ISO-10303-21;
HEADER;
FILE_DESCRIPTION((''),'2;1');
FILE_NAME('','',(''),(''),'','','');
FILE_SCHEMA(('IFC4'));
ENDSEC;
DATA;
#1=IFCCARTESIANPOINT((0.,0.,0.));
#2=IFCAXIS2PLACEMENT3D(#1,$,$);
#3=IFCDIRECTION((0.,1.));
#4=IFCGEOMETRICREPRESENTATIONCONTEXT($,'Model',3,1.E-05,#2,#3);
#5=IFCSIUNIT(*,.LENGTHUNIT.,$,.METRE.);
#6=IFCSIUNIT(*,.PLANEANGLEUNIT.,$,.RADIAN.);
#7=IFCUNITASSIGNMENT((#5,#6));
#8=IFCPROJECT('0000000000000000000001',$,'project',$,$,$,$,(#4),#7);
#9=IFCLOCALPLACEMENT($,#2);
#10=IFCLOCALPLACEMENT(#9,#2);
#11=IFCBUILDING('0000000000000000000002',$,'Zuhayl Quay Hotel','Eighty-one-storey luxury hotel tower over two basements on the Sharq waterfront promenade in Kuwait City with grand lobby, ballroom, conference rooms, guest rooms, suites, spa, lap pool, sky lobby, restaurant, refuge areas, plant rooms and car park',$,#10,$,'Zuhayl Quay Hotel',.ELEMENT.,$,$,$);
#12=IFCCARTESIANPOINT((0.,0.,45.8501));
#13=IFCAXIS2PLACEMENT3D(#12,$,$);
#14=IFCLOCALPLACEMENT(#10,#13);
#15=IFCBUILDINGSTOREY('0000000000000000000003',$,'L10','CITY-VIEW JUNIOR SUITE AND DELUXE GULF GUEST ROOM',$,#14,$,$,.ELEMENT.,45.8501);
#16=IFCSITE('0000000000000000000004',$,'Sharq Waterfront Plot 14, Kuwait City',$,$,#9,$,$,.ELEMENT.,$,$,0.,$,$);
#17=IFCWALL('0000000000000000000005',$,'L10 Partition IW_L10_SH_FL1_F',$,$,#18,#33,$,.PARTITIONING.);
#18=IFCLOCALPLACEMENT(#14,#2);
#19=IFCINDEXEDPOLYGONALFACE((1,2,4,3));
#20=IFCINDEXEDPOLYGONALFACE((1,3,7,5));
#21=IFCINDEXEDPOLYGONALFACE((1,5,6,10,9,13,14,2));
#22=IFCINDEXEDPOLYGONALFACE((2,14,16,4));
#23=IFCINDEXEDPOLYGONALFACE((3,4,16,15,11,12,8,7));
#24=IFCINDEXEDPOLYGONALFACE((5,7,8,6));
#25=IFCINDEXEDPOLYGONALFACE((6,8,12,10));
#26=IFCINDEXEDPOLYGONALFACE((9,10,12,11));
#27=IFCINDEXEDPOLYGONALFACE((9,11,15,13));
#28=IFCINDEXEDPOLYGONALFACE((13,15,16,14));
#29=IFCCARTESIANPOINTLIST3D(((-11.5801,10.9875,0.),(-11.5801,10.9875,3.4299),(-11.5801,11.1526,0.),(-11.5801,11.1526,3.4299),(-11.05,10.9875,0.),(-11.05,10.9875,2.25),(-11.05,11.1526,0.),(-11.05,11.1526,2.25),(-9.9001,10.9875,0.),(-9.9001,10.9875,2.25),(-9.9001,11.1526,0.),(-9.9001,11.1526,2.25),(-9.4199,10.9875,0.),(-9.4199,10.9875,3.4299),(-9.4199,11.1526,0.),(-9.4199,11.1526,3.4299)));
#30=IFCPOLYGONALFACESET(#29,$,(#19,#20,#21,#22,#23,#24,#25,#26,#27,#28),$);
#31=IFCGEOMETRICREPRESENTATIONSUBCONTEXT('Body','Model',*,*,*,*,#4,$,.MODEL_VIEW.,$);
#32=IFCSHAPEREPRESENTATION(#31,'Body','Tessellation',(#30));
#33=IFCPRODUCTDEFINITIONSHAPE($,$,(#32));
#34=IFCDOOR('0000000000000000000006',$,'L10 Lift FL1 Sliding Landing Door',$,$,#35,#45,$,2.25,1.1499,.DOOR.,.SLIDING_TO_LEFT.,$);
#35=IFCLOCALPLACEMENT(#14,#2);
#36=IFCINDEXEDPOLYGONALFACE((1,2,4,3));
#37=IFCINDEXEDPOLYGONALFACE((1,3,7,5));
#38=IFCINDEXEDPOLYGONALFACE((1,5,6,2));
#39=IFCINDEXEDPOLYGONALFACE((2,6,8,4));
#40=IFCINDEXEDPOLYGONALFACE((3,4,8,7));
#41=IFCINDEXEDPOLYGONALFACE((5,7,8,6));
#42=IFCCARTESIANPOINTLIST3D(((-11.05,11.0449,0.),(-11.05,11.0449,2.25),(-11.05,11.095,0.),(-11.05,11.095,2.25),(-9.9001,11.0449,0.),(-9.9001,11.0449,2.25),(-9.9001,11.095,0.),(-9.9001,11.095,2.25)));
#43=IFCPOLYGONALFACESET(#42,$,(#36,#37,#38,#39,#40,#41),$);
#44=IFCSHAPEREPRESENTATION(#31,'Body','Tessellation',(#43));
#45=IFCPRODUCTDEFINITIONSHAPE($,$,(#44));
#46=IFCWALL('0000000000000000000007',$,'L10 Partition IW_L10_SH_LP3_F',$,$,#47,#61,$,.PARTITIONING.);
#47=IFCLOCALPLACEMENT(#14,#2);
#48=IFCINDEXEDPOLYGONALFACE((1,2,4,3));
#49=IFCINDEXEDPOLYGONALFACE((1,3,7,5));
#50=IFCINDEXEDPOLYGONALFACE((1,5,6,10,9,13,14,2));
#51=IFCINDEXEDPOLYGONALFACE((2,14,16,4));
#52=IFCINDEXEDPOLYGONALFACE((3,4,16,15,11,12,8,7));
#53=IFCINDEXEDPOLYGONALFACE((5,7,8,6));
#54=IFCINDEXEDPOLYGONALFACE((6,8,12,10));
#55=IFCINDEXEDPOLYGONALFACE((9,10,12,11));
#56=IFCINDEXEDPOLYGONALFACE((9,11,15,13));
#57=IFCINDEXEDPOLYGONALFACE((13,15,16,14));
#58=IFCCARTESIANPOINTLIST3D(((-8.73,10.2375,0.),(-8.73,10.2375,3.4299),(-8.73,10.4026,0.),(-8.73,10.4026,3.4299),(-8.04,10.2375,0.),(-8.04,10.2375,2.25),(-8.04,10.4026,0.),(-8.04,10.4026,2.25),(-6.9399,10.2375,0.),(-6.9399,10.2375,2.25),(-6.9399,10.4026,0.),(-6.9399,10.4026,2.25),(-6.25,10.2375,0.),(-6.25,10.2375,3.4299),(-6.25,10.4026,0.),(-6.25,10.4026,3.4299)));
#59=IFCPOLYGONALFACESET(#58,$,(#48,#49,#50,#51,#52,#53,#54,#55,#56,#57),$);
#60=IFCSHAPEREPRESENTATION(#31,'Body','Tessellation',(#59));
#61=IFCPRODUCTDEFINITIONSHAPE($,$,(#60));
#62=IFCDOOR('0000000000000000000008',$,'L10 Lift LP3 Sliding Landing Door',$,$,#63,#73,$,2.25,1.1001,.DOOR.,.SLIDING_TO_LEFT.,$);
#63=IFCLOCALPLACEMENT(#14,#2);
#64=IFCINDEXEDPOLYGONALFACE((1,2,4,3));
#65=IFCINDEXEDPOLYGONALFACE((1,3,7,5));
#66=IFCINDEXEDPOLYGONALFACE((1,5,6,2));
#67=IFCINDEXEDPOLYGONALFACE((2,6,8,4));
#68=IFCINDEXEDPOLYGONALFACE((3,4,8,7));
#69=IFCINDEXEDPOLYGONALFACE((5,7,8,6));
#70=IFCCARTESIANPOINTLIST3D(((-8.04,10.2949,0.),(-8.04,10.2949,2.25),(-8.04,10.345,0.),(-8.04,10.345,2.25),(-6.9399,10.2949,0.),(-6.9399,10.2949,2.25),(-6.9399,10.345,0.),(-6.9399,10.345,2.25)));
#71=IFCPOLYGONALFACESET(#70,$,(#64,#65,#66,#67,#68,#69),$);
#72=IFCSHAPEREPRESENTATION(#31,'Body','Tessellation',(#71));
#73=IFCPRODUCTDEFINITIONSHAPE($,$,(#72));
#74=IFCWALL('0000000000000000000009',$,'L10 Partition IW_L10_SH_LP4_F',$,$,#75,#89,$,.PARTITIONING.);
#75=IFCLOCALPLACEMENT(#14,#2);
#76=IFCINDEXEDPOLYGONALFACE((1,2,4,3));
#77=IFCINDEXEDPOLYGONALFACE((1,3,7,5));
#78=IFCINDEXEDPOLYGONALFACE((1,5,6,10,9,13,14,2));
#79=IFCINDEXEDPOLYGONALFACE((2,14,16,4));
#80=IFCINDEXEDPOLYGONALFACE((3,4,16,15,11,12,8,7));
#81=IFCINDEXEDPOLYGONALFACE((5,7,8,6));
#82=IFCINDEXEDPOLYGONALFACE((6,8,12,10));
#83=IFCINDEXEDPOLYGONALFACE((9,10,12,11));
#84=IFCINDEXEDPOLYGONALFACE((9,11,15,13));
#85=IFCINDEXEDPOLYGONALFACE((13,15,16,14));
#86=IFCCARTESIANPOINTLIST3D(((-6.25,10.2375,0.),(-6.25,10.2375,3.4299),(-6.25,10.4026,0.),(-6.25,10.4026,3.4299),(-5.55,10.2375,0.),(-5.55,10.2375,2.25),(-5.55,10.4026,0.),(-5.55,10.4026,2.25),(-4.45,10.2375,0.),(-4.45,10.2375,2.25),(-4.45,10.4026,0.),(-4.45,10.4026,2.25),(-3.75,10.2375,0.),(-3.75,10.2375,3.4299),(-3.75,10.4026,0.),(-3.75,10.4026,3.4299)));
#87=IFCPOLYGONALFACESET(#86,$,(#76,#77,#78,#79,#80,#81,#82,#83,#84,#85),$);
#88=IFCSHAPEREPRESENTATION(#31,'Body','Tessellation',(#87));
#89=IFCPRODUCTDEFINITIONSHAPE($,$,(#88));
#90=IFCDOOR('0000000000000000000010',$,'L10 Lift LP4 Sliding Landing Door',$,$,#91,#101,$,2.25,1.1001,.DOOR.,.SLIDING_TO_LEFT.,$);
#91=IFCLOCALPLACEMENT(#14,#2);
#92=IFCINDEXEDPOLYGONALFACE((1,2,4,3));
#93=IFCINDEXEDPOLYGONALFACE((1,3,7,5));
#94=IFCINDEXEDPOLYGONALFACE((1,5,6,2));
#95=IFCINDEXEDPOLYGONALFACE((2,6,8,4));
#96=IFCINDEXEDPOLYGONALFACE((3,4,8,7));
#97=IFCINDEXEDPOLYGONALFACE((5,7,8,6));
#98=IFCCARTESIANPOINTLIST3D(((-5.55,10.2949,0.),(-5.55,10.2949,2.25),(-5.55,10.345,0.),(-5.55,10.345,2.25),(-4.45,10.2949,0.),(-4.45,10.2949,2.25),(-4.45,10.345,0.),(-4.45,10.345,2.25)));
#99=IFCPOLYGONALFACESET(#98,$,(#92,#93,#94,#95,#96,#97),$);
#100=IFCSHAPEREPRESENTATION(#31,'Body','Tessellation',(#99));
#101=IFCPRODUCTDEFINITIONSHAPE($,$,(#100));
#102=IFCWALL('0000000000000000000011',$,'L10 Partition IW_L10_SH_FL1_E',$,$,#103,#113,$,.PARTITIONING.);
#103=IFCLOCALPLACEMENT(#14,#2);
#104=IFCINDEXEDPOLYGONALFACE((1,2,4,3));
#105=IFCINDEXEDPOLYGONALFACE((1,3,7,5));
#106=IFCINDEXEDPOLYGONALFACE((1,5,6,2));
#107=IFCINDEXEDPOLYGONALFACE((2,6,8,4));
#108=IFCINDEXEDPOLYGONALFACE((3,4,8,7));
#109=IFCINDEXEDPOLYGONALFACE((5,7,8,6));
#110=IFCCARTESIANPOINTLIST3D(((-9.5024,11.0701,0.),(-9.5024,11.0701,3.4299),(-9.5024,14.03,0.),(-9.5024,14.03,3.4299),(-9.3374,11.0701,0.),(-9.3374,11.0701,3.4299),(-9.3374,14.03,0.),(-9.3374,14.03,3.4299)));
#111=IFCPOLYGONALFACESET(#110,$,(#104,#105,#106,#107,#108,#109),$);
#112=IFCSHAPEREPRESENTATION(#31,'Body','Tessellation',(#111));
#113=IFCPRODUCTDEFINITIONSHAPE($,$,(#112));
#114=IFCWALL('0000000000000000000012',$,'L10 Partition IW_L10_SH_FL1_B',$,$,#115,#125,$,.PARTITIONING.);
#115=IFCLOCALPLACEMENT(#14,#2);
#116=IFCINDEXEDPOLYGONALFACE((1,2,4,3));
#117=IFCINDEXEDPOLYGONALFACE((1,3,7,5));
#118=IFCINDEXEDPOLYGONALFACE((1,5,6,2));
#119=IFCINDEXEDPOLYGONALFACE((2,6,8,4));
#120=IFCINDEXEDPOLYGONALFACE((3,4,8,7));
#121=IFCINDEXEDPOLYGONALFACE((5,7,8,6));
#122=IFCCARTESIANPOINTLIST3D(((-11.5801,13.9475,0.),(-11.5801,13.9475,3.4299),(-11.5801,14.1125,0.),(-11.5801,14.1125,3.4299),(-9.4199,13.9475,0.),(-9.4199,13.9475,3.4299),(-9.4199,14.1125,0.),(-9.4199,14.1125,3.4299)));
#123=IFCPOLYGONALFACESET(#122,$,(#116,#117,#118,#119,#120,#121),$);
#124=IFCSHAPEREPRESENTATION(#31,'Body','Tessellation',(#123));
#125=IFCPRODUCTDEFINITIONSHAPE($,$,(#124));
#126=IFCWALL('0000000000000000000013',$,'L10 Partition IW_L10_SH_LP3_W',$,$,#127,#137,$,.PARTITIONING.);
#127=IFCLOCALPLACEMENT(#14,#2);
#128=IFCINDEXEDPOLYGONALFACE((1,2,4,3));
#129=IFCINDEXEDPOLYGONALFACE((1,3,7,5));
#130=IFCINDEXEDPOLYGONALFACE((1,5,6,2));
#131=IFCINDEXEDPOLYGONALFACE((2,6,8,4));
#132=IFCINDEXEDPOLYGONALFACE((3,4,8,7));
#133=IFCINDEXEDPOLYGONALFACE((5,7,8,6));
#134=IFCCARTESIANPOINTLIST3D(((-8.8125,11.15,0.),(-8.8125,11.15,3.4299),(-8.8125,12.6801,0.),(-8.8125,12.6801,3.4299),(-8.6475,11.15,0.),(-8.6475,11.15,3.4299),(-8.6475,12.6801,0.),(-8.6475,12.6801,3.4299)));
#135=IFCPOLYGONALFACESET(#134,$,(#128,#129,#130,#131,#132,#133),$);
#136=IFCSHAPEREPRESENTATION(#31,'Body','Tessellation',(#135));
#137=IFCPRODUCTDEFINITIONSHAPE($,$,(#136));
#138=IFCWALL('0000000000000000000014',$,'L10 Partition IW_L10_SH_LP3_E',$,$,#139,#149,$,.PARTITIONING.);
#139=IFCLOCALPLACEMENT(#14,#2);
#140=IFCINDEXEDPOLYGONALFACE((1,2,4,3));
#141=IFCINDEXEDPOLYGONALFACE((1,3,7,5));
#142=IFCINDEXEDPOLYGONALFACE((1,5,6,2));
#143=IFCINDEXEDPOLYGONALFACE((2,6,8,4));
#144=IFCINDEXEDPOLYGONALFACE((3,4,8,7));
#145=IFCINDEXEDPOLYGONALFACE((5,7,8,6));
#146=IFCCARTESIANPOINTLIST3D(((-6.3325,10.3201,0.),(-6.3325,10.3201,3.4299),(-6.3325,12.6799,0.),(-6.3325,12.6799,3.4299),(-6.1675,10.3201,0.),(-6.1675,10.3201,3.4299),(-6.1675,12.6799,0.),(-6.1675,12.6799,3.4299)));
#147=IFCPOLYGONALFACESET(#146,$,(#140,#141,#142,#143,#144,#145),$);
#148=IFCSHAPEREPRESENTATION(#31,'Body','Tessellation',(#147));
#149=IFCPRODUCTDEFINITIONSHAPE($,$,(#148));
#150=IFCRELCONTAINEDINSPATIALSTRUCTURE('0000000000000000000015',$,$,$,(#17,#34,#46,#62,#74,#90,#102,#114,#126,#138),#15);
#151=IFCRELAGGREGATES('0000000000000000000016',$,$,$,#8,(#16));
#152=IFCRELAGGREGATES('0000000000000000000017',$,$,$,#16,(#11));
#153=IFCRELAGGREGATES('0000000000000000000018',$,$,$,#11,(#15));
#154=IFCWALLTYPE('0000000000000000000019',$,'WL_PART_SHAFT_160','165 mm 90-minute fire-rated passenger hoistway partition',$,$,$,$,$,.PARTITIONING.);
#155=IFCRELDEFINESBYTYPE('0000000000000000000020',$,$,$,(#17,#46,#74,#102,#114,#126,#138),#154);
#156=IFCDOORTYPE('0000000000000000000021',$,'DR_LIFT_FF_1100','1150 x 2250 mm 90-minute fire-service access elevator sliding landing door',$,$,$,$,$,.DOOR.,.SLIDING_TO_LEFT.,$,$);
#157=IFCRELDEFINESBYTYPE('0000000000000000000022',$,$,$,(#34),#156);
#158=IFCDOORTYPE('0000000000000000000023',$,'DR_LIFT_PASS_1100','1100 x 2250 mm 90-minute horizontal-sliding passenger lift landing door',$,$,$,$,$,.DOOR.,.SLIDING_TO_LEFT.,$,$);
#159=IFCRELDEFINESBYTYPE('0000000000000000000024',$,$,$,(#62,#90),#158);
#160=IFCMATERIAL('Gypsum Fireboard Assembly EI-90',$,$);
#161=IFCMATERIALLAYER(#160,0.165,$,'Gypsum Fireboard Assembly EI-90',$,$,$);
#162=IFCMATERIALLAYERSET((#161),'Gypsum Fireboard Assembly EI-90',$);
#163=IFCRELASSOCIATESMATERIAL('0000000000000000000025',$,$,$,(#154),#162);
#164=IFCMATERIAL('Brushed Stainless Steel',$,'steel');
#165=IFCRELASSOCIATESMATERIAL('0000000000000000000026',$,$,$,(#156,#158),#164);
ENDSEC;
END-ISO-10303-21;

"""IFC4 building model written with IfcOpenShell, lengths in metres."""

from ifc_helpers import new_model, si_unit, direction, frame, frame_2d, origin, place, context, subcontext, project, spatial, rectangle, extrude, material, layer, layer_set, type_object, element, fill, save


model = new_model("IFC4")

# Units and contexts
model_context = context("Model", 3, precision=1e-05, world=origin(), true_north=direction((0.0, 1.0)))
body_context = subcontext(model_context, "Body", "Model", "MODEL_VIEW")
ifc_project = project(units=[si_unit("LENGTHUNIT", "METRE"), si_unit("PLANEANGLEUNIT", "RADIAN")], contexts=[model_context])

# Site, building, storey
site_placement = place(None, origin())
site = spatial("IfcSite", under=ifc_project, at=site_placement, Name="Sharq Waterfront Plot 14, Kuwait City", CompositionType="ELEMENT", RefElevation=0.0)
building_placement = place(site_placement, origin())
building = spatial("IfcBuilding", under=site, at=building_placement, Name="Zuhayl Quay Hotel", Description="Eighty-one-storey luxury hotel tower over two basements on the Sharq waterfront promenade in Kuwait City with grand lobby, ballroom, conference rooms, guest rooms, suites, spa, lap pool, sky lobby, restaurant, refuge areas, plant rooms and car park", LongName="Zuhayl Quay Hotel", CompositionType="ELEMENT")
storey_placement = place(building_placement, frame((0.0, 0.0, 45.8501)))
storey = spatial("IfcBuildingStorey", under=building, at=storey_placement, Name="L10", Description="CITY-VIEW JUNIOR SUITE AND DELUXE GULF GUEST ROOM", CompositionType="ELEMENT", Elevation=45.8501)

# Walls, openings, doors
ifc_material_1 = material(Name="Gypsum Fireboard Assembly EI-90")
ifc_layer_1 = layer(ifc_material_1, 0.165, Name="Gypsum Fireboard Assembly EI-90")
ifc_layer_set_1 = layer_set([ifc_layer_1], Name="Gypsum Fireboard Assembly EI-90")
wall_type_1 = type_object("IfcWallType", Name="WL_PART_SHAFT_160", Description="165 mm 90-minute fire-rated passenger hoistway partition", PredefinedType="PARTITIONING", material=ifc_layer_set_1)
wall_1_placement = place(storey_placement, frame((-11.5801, 11.0701, 0.0), z_axis=(0.0, 0.0, 1.0), x_axis=(1.0, 0.0, 0.0)))
wall_1 = element("IfcWall", 1, at=wall_1_placement, inside=storey, type_object=wall_type_1, Name="L10 Partition IW_L10_SH_FL1_F", PredefinedType="PARTITIONING", context=body_context, shape_type="SweptSolid", body=[
    extrude(rectangle(XDim=2.1602, YDim=0.165, at=frame_2d((1.0801, 0.0))), origin(), (0.0, 0.0, 1.0), 3.4299),
])
opening_1_placement = place(wall_1_placement, frame((0.53, 0.0, 0.0)))
opening_1 = element("IfcOpeningElement", 2, at=opening_1_placement, cuts=wall_1, PredefinedType="OPENING", context=body_context, shape_type="SweptSolid", body=[
    extrude(rectangle(XDim=1.1499, YDim=2.25, at=frame_2d((0.575, 1.125))), frame((0.0, 0.0925, 0.0), z_axis=(0.0, -1.0, 0.0), x_axis=(1.0, 0.0, 0.0)), (0.0, 0.0, 1.0), 0.1851),
])
ifc_material_2 = material(Name="Brushed Stainless Steel", Category="steel")
door_type_1 = type_object("IfcDoorType", Name="DR_LIFT_FF_1100", Description="1150 x 2250 mm 90-minute fire-service access elevator sliding landing door", OperationType="SLIDING_TO_LEFT", PredefinedType="DOOR", material=ifc_material_2)
door_1_placement = place(opening_1_placement, origin())
door_1 = element("IfcDoor", 3, at=door_1_placement, inside=storey, type_object=door_type_1, Name="L10 Lift FL1 Sliding Landing Door", OperationType="SLIDING_TO_LEFT", OverallHeight=2.25, OverallWidth=1.1499, PredefinedType="DOOR", context=body_context, shape_type="SweptSolid", body=[
    extrude(rectangle(XDim=1.1499, YDim=2.25, at=frame_2d((0.575, 1.125))), frame((0.0, 0.0249, 0.0), z_axis=(0.0, -1.0, 0.0), x_axis=(1.0, 0.0, 0.0)), (0.0, 0.0, 1.0), 0.05),
])
fill(opening_1, door_1)
wall_2_placement = place(storey_placement, frame((-8.73, 10.3201, 0.0), z_axis=(0.0, 0.0, 1.0), x_axis=(1.0, 0.0, 0.0)))
wall_2 = element("IfcWall", 4, at=wall_2_placement, inside=storey, type_object=wall_type_1, Name="L10 Partition IW_L10_SH_LP3_F", PredefinedType="PARTITIONING", context=body_context, shape_type="SweptSolid", body=[
    extrude(rectangle(XDim=2.48, YDim=0.165, at=frame_2d((1.24, 0.0))), origin(), (0.0, 0.0, 1.0), 3.4299),
])
opening_2_placement = place(wall_2_placement, frame((0.6899, 0.0, 0.0)))
opening_2 = element("IfcOpeningElement", 5, at=opening_2_placement, cuts=wall_2, PredefinedType="OPENING", context=body_context, shape_type="SweptSolid", body=[
    extrude(rectangle(XDim=1.1001, YDim=2.25, at=frame_2d((0.55, 1.125))), frame((0.0, 0.0925, 0.0), z_axis=(0.0, -1.0, 0.0), x_axis=(1.0, 0.0, 0.0)), (0.0, 0.0, 1.0), 0.1851),
])
door_type_2 = type_object("IfcDoorType", Name="DR_LIFT_PASS_1100", Description="1100 x 2250 mm 90-minute horizontal-sliding passenger lift landing door", OperationType="SLIDING_TO_LEFT", PredefinedType="DOOR", material=ifc_material_2)
door_2_placement = place(opening_2_placement, origin())
door_2 = element("IfcDoor", 6, at=door_2_placement, inside=storey, type_object=door_type_2, Name="L10 Lift LP3 Sliding Landing Door", OperationType="SLIDING_TO_LEFT", OverallHeight=2.25, OverallWidth=1.1001, PredefinedType="DOOR", context=body_context, shape_type="SweptSolid", body=[
    extrude(rectangle(XDim=1.1001, YDim=2.25, at=frame_2d((0.55, 1.125))), frame((0.0, 0.0249, 0.0), z_axis=(0.0, -1.0, 0.0), x_axis=(1.0, 0.0, 0.0)), (0.0, 0.0, 1.0), 0.05),
])
fill(opening_2, door_2)
wall_3_placement = place(storey_placement, frame((-6.25, 10.3201, 0.0), z_axis=(0.0, 0.0, 1.0), x_axis=(1.0, 0.0, 0.0)))
wall_3 = element("IfcWall", 7, at=wall_3_placement, inside=storey, type_object=wall_type_1, Name="L10 Partition IW_L10_SH_LP4_F", PredefinedType="PARTITIONING", context=body_context, shape_type="SweptSolid", body=[
    extrude(rectangle(XDim=2.5, YDim=0.165, at=frame_2d((1.25, 0.0))), origin(), (0.0, 0.0, 1.0), 3.4299),
])
opening_3_placement = place(wall_3_placement, frame((0.7, 0.0, 0.0)))
opening_3 = element("IfcOpeningElement", 8, at=opening_3_placement, cuts=wall_3, PredefinedType="OPENING", context=body_context, shape_type="SweptSolid", body=[
    extrude(rectangle(XDim=1.1001, YDim=2.25, at=frame_2d((0.55, 1.125))), frame((0.0, 0.0925, 0.0), z_axis=(0.0, -1.0, 0.0), x_axis=(1.0, 0.0, 0.0)), (0.0, 0.0, 1.0), 0.1851),
])
door_3_placement = place(opening_3_placement, origin())
door_3 = element("IfcDoor", 9, at=door_3_placement, inside=storey, type_object=door_type_2, Name="L10 Lift LP4 Sliding Landing Door", OperationType="SLIDING_TO_LEFT", OverallHeight=2.25, OverallWidth=1.1001, PredefinedType="DOOR", context=body_context, shape_type="SweptSolid", body=[
    extrude(rectangle(XDim=1.1001, YDim=2.25, at=frame_2d((0.55, 1.125))), frame((0.0, 0.0249, 0.0), z_axis=(0.0, -1.0, 0.0), x_axis=(1.0, 0.0, 0.0)), (0.0, 0.0, 1.0), 0.05),
])
fill(opening_3, door_3)

# Walls
wall_4_placement = place(storey_placement, frame((-9.4199, 11.0701, 0.0), z_axis=(0.0, 0.0, 1.0), x_axis=(0.0, 1.0, 0.0)))
element("IfcWall", 10, at=wall_4_placement, inside=storey, type_object=wall_type_1, Name="L10 Partition IW_L10_SH_FL1_E", PredefinedType="PARTITIONING", context=body_context, shape_type="SweptSolid", body=[
    extrude(rectangle(XDim=2.96, YDim=0.165, at=frame_2d((1.48, 0.0))), origin(), (0.0, 0.0, 1.0), 3.4299),
])
wall_5_placement = place(storey_placement, frame((-11.5801, 14.03, 0.0), z_axis=(0.0, 0.0, 1.0), x_axis=(1.0, 0.0, 0.0)))
element("IfcWall", 11, at=wall_5_placement, inside=storey, type_object=wall_type_1, Name="L10 Partition IW_L10_SH_FL1_B", PredefinedType="PARTITIONING", context=body_context, shape_type="SweptSolid", body=[
    extrude(rectangle(XDim=2.1602, YDim=0.165, at=frame_2d((1.0801, 0.0))), origin(), (0.0, 0.0, 1.0), 3.4299),
])
wall_6_placement = place(storey_placement, frame((-8.73, 11.1499, 0.0), z_axis=(0.0, 0.0, 1.0), x_axis=(0.0, 1.0, 0.0)))
element("IfcWall", 12, at=wall_6_placement, inside=storey, type_object=wall_type_1, Name="L10 Partition IW_L10_SH_LP3_W", PredefinedType="PARTITIONING", context=body_context, shape_type="SweptSolid", body=[
    extrude(rectangle(XDim=1.53, YDim=0.165, at=frame_2d((0.7651, 0.0))), origin(), (0.0, 0.0, 1.0), 3.4299),
])
wall_7_placement = place(storey_placement, frame((-6.25, 10.3201, 0.0), z_axis=(0.0, 0.0, 1.0), x_axis=(0.0, 1.0, 0.0)))
element("IfcWall", 13, at=wall_7_placement, inside=storey, type_object=wall_type_1, Name="L10 Partition IW_L10_SH_LP3_E", PredefinedType="PARTITIONING", context=body_context, shape_type="SweptSolid", body=[
    extrude(rectangle(XDim=2.3599, YDim=0.165, at=frame_2d((1.1799, 0.0))), origin(), (0.0, 0.0, 1.0), 3.4299),
])

save(model, "model.ifc")
